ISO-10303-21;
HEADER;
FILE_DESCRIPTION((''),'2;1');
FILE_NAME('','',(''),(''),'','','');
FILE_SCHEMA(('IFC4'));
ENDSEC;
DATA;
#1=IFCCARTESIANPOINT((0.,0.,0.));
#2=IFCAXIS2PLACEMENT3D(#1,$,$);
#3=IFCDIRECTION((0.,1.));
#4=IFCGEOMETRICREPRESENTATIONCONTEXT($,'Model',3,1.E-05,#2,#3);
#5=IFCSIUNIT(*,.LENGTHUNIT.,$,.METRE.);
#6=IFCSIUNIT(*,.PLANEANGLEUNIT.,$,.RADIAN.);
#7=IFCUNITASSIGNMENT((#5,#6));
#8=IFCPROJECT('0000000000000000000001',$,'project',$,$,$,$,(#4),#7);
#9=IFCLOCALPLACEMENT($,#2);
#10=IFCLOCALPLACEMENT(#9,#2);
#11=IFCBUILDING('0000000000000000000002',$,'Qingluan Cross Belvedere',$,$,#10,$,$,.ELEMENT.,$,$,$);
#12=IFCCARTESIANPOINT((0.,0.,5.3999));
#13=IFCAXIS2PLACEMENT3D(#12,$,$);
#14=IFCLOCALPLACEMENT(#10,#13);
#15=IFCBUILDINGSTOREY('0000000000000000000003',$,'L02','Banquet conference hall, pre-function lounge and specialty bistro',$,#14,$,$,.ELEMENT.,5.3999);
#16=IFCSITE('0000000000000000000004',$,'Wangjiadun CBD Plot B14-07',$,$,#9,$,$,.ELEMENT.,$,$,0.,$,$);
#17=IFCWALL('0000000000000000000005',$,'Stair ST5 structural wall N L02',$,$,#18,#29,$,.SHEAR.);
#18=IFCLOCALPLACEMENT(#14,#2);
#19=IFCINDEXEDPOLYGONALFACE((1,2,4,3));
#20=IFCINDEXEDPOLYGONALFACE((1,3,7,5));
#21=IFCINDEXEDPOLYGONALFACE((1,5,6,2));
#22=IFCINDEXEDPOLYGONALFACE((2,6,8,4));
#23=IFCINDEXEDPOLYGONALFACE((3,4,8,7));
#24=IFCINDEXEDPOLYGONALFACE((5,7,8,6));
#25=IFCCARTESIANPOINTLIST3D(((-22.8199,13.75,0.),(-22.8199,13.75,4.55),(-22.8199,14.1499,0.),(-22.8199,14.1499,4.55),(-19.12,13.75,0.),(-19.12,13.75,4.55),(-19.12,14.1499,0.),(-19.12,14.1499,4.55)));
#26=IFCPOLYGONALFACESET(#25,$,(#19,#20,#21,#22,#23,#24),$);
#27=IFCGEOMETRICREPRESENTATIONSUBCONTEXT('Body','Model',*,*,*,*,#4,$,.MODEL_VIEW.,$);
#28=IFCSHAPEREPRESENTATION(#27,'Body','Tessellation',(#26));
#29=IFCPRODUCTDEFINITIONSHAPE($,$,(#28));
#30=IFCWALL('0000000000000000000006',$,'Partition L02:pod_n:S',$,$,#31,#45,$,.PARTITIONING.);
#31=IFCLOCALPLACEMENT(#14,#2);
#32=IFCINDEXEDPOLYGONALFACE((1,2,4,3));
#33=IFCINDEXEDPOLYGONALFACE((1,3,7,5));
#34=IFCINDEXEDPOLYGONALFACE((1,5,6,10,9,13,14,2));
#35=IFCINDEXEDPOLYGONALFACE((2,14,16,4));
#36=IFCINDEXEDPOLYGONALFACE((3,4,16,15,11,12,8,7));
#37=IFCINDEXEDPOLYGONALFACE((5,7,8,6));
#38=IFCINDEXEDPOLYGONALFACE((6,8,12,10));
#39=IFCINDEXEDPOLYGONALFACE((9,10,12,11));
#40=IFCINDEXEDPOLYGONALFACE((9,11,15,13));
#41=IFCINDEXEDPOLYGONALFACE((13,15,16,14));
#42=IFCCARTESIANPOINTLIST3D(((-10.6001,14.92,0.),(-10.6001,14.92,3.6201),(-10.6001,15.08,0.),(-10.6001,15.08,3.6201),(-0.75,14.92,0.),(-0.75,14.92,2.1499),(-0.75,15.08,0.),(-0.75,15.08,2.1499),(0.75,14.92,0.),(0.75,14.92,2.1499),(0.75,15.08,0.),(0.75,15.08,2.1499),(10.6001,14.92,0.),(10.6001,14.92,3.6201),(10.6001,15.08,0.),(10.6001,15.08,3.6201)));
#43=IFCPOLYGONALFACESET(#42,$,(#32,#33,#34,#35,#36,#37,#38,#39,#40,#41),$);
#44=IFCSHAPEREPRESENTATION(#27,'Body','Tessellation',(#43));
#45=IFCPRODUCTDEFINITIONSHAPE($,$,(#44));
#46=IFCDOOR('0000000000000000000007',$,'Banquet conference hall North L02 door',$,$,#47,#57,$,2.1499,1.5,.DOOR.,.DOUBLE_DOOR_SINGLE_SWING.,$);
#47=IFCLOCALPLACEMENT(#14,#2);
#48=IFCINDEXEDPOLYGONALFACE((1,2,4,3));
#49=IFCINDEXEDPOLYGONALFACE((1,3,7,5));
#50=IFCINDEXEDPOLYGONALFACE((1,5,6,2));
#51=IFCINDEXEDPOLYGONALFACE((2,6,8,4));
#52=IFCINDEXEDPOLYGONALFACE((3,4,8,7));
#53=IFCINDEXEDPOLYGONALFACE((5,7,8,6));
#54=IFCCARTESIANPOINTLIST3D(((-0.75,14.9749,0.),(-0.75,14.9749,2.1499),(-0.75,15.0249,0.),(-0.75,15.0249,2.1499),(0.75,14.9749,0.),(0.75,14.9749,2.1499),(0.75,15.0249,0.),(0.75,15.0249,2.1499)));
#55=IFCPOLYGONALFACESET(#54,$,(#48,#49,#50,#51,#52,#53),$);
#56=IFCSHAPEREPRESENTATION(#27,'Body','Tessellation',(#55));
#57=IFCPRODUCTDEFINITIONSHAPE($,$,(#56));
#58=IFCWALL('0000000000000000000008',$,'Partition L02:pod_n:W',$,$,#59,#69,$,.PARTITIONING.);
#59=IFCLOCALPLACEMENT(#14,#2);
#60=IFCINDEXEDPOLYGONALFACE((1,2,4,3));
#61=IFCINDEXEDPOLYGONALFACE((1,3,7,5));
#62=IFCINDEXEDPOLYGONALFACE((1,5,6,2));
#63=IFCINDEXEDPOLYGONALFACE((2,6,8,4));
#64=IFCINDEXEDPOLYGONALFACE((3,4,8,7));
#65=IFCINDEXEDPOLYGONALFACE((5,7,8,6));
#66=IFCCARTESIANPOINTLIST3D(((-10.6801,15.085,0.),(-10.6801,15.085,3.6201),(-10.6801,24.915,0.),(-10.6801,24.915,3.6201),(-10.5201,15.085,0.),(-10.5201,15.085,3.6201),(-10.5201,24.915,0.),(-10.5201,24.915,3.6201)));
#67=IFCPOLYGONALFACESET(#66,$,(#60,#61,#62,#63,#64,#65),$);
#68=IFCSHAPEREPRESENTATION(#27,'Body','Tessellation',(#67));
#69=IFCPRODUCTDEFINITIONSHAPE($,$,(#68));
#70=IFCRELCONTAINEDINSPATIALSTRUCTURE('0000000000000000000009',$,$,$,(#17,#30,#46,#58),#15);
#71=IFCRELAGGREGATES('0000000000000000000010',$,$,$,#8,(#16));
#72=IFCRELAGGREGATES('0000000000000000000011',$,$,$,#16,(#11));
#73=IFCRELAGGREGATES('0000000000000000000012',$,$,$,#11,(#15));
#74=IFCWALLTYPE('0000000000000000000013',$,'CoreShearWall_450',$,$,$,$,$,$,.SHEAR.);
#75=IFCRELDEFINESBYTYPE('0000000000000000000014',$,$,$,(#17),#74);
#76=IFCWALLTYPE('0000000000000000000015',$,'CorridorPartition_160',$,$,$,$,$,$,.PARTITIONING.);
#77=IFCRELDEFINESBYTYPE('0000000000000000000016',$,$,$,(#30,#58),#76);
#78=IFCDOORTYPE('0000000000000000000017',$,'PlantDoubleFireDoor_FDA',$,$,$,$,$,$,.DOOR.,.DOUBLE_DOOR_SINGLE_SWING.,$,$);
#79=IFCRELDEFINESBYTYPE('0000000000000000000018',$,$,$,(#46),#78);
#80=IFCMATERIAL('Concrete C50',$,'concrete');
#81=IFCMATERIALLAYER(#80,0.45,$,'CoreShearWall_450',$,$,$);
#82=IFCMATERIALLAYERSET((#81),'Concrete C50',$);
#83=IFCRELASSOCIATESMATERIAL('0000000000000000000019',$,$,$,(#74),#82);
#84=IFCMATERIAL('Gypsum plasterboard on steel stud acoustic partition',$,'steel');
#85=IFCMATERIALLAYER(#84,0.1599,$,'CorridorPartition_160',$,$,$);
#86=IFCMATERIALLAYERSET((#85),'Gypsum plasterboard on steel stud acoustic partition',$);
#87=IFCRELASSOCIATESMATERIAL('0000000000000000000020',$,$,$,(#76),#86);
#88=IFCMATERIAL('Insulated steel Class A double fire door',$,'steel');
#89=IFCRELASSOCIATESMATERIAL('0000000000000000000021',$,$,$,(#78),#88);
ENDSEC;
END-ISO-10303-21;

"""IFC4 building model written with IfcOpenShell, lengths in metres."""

from ifc_helpers import new_model, si_unit, direction, frame, frame_2d, origin, place, context, subcontext, project, spatial, rectangle, extrude, material, layer, layer_set, type_object, element, fill, save


model = new_model("IFC4")

# Units and contexts
model_context = context("Model", 3, precision=1e-05, world=origin(), true_north=direction((0.0, 1.0)))
body_context = subcontext(model_context, "Body", "Model", "MODEL_VIEW")
ifc_project = project(units=[si_unit("LENGTHUNIT", "METRE"), si_unit("PLANEANGLEUNIT", "RADIAN")], contexts=[model_context])

# Site, building, storey
site_placement = place(None, origin())
site = spatial("IfcSite", under=ifc_project, at=site_placement, Name="Wangjiadun CBD Plot B14-07", CompositionType="ELEMENT", RefElevation=0.0)
building_placement = place(site_placement, origin())
building = spatial("IfcBuilding", under=site, at=building_placement, Name="Qingluan Cross Belvedere", CompositionType="ELEMENT")
storey_placement = place(building_placement, frame((0.0, 0.0, 5.3999)))
storey = spatial("IfcBuildingStorey", under=building, at=storey_placement, Name="L02", Description="Banquet conference hall, pre-function lounge and specialty bistro", CompositionType="ELEMENT", Elevation=5.3999)

# Wall
ifc_material_1 = material(Name="Concrete C50", Category="concrete")
ifc_layer_1 = layer(ifc_material_1, 0.45, Name="CoreShearWall_450")
ifc_layer_set_1 = layer_set([ifc_layer_1], Name="Concrete C50")
wall_type_1 = type_object("IfcWallType", Name="CoreShearWall_450", PredefinedType="SHEAR", material=ifc_layer_set_1)
wall_1_placement = place(storey_placement, frame((-22.8201, 13.95, 0.0), z_axis=(0.0, 0.0, 1.0), x_axis=(1.0, 0.0, 0.0)))
element("IfcWall", 1, at=wall_1_placement, inside=storey, type_object=wall_type_1, Name="Stair ST5 structural wall N L02", PredefinedType="SHEAR", context=body_context, shape_type="SweptSolid", body=[
    extrude(rectangle(XDim=3.7, YDim=0.3999, at=frame_2d((1.8501, 0.0))), origin(), (0.0, 0.0, 1.0), 4.55),
])

# Wall, opening, door
ifc_material_2 = material(Name="Gypsum plasterboard on steel stud acoustic partition", Category="steel")
ifc_layer_2 = layer(ifc_material_2, 0.1599, Name="CorridorPartition_160")
ifc_layer_set_2 = layer_set([ifc_layer_2], Name="Gypsum plasterboard on steel stud acoustic partition")
wall_type_2 = type_object("IfcWallType", Name="CorridorPartition_160", PredefinedType="PARTITIONING", material=ifc_layer_set_2)
wall_2_placement = place(storey_placement, frame((-10.6001, 15.0, 0.0), z_axis=(0.0, 0.0, 1.0), x_axis=(1.0, 0.0, 0.0)))
wall_2 = element("IfcWall", 2, at=wall_2_placement, inside=storey, type_object=wall_type_2, Name="Partition L02:pod_n:S", PredefinedType="PARTITIONING", context=body_context, shape_type="SweptSolid", body=[
    extrude(rectangle(XDim=21.2002, YDim=0.1599, at=frame_2d((10.6001, 0.0))), origin(), (0.0, 0.0, 1.0), 3.6201),
])
opening_placement = place(wall_2_placement, frame((9.8501, 0.0, 0.0)))
opening = element("IfcOpeningElement", 3, at=opening_placement, cuts=wall_2, PredefinedType="OPENING", context=body_context, shape_type="SweptSolid", body=[
    extrude(rectangle(XDim=1.5, YDim=2.1499, at=frame_2d((0.75, 1.075))), frame((0.0, 0.0898, 0.0), z_axis=(0.0, -1.0, 0.0), x_axis=(1.0, 0.0, 0.0)), (0.0, 0.0, 1.0), 0.1799),
])
ifc_material_3 = material(Name="Insulated steel Class A double fire door", Category="steel")
door_type = type_object("IfcDoorType", Name="PlantDoubleFireDoor_FDA", OperationType="DOUBLE_DOOR_SINGLE_SWING", PredefinedType="DOOR", material=ifc_material_3)
door_placement = place(opening_placement, origin())
door = element("IfcDoor", 4, at=door_placement, inside=storey, type_object=door_type, Name="Banquet conference hall North L02 door", OperationType="DOUBLE_DOOR_SINGLE_SWING", OverallHeight=2.1499, OverallWidth=1.5, PredefinedType="DOOR", context=body_context, shape_type="SweptSolid", body=[
    extrude(rectangle(XDim=1.5, YDim=2.1499, at=frame_2d((0.75, 1.075))), frame((0.0, 0.0249, 0.0), z_axis=(0.0, -1.0, 0.0), x_axis=(1.0, 0.0, 0.0)), (0.0, 0.0, 1.0), 0.05),
])
fill(opening, door)

# Wall
wall_3_placement = place(storey_placement, frame((-10.6001, 15.085, 0.0), z_axis=(0.0, 0.0, 1.0), x_axis=(0.0, 1.0, 0.0)))
element("IfcWall", 5, at=wall_3_placement, inside=storey, type_object=wall_type_2, Name="Partition L02:pod_n:W", PredefinedType="PARTITIONING", context=body_context, shape_type="SweptSolid", body=[
    extrude(rectangle(XDim=9.8301, YDim=0.1599, at=frame_2d((4.915, 0.0))), origin(), (0.0, 0.0, 1.0), 3.6201),
])

save(model, "model.ifc")
